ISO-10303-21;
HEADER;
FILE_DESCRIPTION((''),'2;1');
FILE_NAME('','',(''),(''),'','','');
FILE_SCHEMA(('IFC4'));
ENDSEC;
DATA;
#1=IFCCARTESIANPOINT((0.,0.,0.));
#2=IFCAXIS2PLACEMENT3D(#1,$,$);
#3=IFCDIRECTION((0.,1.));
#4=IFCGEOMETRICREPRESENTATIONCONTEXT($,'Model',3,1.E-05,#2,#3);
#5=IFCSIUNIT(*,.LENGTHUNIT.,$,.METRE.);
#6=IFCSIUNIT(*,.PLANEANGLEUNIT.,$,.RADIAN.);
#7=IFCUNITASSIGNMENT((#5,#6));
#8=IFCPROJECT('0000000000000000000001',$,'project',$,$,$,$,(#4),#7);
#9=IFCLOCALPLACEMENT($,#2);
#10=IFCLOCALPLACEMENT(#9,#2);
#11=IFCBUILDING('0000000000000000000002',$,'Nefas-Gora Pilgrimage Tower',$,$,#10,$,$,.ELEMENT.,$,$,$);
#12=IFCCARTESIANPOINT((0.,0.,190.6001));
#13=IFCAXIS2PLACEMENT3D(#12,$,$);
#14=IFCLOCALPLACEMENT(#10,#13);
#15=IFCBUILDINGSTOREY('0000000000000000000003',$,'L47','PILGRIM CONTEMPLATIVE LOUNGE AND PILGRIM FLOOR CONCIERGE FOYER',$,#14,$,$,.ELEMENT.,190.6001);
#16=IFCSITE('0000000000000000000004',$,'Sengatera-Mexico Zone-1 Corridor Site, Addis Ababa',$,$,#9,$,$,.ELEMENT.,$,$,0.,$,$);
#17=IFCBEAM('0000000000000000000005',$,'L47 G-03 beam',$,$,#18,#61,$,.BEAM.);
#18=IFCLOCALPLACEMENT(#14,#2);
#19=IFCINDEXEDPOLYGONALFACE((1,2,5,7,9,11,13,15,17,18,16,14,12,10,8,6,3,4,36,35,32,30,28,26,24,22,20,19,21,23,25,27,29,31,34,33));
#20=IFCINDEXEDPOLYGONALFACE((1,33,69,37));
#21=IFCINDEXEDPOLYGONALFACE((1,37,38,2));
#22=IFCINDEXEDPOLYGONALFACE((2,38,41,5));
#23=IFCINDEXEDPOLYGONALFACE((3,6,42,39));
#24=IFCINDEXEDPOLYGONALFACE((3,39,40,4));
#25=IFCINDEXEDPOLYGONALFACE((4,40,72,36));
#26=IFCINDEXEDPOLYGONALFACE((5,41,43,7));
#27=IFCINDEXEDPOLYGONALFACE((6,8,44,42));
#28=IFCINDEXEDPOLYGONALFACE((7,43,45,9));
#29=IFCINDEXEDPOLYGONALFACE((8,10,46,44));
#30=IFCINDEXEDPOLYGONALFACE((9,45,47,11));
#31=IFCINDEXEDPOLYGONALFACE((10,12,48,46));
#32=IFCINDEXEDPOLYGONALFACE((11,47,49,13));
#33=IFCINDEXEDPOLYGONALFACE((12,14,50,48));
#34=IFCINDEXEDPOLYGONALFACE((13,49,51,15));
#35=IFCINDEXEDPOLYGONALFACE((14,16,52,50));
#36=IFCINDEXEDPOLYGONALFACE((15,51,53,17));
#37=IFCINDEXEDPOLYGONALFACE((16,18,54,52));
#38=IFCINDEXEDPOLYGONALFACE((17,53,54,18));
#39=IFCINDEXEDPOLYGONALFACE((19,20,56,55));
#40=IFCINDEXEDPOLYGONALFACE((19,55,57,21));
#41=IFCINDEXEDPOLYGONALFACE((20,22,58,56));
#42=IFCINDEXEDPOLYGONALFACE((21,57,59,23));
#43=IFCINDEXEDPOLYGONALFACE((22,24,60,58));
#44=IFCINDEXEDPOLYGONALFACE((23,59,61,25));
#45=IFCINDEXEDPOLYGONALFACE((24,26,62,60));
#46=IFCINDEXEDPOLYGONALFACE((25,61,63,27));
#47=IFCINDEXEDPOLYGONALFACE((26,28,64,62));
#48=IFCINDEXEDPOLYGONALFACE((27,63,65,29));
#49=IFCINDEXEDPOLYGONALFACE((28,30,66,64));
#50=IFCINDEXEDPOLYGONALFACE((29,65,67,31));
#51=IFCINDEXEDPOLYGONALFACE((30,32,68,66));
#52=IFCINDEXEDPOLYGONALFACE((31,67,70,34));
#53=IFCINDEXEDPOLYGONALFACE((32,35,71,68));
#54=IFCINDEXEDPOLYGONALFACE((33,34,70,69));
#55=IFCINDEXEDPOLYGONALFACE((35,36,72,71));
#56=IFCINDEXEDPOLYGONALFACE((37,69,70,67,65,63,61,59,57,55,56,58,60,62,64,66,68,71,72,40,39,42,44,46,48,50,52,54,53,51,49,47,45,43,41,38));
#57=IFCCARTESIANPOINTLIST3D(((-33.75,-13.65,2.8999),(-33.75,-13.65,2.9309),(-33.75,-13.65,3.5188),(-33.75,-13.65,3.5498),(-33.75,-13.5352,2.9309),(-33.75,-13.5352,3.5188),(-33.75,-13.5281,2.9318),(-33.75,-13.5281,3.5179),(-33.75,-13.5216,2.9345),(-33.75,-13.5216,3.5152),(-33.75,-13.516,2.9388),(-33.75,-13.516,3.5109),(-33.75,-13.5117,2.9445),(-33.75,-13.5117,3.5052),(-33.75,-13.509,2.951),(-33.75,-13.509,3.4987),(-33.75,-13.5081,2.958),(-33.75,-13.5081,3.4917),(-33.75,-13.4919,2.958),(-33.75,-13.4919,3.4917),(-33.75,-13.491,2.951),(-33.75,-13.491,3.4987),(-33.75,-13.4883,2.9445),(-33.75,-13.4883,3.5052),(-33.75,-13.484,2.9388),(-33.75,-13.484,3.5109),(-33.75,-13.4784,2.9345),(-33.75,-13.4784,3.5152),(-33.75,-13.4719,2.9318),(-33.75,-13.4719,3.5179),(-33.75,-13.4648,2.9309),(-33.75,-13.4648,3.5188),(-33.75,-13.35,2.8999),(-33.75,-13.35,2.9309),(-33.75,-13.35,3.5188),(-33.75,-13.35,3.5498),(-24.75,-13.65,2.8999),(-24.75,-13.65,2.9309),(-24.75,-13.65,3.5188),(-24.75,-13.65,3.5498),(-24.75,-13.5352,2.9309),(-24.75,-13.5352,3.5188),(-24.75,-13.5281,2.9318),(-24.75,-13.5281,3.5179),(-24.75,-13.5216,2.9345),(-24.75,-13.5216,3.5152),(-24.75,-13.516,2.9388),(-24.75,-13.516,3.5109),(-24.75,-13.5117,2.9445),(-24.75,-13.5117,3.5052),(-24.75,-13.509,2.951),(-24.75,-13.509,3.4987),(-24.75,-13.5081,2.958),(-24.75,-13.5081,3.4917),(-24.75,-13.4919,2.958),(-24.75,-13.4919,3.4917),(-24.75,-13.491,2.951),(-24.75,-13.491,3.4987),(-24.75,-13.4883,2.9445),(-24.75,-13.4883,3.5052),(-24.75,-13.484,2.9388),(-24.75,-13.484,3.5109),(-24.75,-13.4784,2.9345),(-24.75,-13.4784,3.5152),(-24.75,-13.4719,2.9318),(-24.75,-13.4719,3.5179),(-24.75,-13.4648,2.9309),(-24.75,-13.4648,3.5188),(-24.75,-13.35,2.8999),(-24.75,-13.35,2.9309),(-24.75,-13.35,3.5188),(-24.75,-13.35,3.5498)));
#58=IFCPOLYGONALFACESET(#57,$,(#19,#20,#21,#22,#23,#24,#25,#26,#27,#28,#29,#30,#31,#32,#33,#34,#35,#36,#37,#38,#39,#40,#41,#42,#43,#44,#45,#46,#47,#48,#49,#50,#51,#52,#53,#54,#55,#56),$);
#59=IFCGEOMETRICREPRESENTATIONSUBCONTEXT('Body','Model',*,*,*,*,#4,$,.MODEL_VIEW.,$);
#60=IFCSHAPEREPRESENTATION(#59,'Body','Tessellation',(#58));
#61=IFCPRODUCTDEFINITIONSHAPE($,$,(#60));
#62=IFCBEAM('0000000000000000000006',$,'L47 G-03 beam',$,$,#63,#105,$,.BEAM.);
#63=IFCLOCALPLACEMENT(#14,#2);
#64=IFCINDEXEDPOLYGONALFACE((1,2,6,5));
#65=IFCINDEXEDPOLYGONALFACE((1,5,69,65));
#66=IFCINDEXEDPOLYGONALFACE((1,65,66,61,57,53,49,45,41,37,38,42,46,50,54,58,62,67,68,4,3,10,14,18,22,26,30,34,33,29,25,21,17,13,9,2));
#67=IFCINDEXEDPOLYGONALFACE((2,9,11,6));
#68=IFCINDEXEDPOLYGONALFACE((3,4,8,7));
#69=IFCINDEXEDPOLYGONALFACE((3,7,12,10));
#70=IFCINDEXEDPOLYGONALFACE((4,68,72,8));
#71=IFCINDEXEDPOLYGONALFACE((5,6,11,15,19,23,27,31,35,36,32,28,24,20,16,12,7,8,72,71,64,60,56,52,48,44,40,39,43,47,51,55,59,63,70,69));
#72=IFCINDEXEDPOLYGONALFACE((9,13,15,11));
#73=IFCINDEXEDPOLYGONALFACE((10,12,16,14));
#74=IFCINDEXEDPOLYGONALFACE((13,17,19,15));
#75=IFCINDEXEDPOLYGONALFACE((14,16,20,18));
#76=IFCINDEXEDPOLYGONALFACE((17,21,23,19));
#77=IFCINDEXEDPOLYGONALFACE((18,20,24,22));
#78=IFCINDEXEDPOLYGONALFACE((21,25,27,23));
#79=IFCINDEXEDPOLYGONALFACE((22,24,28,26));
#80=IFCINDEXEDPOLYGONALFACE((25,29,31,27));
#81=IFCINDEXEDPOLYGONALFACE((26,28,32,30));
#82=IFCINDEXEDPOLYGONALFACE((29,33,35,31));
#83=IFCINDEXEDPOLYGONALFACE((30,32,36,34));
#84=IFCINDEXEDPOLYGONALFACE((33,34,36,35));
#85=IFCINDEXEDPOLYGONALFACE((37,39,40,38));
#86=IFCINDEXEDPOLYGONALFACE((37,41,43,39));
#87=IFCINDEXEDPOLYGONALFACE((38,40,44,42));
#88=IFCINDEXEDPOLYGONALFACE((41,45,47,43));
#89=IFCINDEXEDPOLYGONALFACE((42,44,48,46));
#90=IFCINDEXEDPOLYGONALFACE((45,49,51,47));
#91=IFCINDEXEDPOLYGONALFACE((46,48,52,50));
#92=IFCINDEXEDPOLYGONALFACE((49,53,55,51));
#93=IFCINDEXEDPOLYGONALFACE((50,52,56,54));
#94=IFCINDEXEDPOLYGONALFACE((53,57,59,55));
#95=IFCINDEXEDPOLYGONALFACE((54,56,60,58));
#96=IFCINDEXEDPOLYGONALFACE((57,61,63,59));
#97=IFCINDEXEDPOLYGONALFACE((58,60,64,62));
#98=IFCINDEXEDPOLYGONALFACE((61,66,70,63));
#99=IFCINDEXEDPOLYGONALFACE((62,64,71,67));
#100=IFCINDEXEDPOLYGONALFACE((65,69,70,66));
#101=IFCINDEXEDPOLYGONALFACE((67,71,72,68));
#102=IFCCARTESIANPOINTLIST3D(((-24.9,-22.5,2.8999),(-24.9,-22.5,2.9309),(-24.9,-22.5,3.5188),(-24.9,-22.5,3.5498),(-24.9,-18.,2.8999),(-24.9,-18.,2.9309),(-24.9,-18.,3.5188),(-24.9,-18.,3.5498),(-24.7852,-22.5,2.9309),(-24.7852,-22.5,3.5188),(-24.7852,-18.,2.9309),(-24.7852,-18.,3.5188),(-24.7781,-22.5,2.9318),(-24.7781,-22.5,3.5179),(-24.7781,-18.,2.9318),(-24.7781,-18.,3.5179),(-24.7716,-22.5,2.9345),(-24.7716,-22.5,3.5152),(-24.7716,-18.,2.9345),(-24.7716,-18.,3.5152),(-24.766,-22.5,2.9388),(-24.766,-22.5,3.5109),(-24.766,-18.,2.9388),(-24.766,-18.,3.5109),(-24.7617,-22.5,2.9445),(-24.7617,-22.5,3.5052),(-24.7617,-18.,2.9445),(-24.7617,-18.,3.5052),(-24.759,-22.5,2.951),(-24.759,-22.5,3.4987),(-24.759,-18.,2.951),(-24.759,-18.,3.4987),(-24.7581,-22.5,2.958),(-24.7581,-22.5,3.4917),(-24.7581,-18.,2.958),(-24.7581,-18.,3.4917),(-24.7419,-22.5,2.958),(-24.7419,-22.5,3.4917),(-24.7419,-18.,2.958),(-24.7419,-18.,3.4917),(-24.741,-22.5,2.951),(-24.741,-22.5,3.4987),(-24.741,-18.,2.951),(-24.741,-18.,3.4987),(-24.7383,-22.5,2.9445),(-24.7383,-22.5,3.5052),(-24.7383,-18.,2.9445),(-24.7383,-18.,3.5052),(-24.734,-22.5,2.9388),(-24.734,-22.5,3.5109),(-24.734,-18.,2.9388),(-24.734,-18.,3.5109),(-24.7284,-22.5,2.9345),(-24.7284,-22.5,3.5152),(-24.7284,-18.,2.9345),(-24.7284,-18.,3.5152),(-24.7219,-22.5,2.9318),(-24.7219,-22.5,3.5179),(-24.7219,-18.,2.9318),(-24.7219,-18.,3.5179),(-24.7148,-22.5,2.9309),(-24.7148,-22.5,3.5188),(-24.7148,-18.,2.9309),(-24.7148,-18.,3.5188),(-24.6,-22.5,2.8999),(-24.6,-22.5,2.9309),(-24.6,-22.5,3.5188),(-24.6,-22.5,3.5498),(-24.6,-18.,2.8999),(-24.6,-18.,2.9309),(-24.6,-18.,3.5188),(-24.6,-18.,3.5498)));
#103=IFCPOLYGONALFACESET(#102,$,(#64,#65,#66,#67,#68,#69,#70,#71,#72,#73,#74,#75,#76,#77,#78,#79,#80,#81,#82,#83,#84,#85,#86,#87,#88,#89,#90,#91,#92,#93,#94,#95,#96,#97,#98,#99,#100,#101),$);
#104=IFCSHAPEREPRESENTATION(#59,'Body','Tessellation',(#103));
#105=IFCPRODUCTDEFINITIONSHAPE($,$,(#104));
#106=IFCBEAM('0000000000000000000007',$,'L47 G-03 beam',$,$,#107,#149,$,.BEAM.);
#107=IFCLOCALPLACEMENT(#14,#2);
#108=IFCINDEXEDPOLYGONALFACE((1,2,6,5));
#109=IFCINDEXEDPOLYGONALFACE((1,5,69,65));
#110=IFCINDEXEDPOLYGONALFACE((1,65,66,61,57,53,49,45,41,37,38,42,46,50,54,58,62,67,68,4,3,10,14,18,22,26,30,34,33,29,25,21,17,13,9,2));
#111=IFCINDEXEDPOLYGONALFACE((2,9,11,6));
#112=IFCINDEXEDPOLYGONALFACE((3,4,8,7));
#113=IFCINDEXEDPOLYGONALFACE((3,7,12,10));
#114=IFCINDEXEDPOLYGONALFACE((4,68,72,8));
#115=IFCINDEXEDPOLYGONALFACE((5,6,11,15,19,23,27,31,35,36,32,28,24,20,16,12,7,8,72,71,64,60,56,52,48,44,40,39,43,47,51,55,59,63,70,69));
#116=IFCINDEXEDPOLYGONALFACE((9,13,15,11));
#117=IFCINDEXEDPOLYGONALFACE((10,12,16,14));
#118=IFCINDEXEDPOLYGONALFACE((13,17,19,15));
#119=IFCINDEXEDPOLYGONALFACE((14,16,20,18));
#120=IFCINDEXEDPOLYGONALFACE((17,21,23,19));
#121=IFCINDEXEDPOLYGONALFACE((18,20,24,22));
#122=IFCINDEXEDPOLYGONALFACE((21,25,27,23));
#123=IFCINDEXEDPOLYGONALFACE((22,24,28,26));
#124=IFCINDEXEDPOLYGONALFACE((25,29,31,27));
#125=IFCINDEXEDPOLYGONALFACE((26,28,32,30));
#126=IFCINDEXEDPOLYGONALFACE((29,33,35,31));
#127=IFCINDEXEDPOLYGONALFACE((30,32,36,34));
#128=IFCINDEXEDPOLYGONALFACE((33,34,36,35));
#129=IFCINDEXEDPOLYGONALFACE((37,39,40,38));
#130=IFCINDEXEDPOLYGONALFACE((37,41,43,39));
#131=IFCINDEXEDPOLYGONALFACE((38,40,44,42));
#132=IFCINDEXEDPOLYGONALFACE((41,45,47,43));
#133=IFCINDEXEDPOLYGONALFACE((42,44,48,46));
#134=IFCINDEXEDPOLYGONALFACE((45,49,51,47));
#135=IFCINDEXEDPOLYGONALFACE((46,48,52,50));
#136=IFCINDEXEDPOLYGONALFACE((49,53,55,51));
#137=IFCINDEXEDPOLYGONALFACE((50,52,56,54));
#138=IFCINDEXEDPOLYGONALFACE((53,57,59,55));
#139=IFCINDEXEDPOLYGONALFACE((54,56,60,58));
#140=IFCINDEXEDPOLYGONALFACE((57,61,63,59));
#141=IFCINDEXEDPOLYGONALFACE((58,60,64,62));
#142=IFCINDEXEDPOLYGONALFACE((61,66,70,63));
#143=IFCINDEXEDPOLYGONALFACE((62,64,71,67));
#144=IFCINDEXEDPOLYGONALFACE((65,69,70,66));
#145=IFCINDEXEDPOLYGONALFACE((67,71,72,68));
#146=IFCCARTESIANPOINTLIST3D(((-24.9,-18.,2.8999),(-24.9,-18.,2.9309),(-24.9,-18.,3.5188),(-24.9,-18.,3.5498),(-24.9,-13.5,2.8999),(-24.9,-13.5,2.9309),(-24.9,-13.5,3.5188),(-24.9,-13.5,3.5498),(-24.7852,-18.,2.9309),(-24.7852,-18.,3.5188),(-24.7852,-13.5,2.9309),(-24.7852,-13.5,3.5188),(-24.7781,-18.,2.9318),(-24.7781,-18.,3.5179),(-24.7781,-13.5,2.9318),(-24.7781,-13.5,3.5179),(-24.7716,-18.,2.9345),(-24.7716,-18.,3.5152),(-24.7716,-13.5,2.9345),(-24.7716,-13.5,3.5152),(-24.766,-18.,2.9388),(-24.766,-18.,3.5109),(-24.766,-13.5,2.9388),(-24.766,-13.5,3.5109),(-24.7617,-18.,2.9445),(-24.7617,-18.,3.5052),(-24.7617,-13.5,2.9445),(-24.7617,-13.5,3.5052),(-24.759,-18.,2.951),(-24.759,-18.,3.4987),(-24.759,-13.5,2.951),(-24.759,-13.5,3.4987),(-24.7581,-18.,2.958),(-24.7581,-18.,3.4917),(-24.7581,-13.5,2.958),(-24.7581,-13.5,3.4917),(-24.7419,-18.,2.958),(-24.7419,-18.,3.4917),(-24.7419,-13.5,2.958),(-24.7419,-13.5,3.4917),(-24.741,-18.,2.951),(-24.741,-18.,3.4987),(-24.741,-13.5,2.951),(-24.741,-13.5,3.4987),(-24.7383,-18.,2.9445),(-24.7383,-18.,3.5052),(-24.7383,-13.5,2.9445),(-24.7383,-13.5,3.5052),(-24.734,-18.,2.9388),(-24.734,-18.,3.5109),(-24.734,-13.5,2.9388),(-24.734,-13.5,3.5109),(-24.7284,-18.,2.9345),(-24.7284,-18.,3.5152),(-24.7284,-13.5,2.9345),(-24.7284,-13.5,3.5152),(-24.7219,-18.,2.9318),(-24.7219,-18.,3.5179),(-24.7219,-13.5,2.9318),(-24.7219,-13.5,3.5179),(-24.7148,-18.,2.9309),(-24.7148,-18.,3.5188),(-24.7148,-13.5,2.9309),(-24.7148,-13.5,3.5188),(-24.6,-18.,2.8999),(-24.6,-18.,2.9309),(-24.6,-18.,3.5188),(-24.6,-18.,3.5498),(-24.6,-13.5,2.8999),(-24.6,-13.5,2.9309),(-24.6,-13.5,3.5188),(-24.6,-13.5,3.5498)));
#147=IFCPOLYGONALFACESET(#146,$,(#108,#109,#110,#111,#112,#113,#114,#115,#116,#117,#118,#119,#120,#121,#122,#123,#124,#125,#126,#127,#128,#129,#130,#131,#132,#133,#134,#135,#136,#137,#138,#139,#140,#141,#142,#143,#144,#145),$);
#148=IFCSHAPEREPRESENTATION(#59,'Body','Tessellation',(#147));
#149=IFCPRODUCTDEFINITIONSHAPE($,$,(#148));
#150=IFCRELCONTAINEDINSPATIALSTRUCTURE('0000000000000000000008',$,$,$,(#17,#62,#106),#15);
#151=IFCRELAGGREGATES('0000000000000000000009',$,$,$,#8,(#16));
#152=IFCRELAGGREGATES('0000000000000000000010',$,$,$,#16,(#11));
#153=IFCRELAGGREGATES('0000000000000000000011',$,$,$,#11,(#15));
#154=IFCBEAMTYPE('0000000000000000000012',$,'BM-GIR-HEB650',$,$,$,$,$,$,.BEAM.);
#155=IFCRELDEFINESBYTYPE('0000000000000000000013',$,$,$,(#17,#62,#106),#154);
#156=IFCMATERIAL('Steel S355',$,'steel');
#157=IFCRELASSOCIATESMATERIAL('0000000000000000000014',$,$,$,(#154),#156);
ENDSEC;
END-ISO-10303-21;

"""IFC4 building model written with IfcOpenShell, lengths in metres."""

from ifc_helpers import new_model, si_unit, direction, frame, origin, origin_2d, place, context, subcontext, project, spatial, i_section, extrude, source, transform, mapped, material, material_profile, profile_set, type_object, element, save


model = new_model("IFC4")

# Units and contexts
model_context = context("Model", 3, precision=1e-05, world=origin(), true_north=direction((0.0, 1.0)))
body_context = subcontext(model_context, "Body", "Model", "MODEL_VIEW")
ifc_project = project(units=[si_unit("LENGTHUNIT", "METRE"), si_unit("PLANEANGLEUNIT", "RADIAN")], contexts=[model_context])

# Site, building, storey
site_placement = place(None, origin())
site = spatial("IfcSite", under=ifc_project, at=site_placement, Name="Sengatera-Mexico Zone-1 Corridor Site, Addis Ababa", CompositionType="ELEMENT", RefElevation=0.0)
building_placement = place(site_placement, origin())
building = spatial("IfcBuilding", under=site, at=building_placement, Name="Nefas-Gora Pilgrimage Tower", CompositionType="ELEMENT")
storey_placement = place(building_placement, frame((0.0, 0.0, 190.6001)))
storey = spatial("IfcBuildingStorey", under=building, at=storey_placement, Name="L47", Description="PILGRIM CONTEMPLATIVE LOUNGE AND PILGRIM FLOOR CONCIERGE FOYER", CompositionType="ELEMENT", Elevation=190.6001)

# Beams
ifc_material_1 = material(Name="Steel S355", Category="steel")
ifc_material_profile_1 = material_profile(ifc_material_1, i_section(OverallWidth=0.3, OverallDepth=0.6499, WebThickness=0.0161, FlangeThickness=0.031, FilletRadius=0.0271, at=origin_2d()), Name="HEB 650")
ifc_profile_set_1 = profile_set([ifc_material_profile_1], Name="Steel S355")
beam_type_1 = type_object("IfcBeamType", Name="BM-GIR-HEB650", PredefinedType="BEAM", material=ifc_profile_set_1)
shared_shape_1 = source(origin(), body_context, "Body", "SweptSolid", [
    extrude(i_section(OverallWidth=0.3, OverallDepth=0.6499, WebThickness=0.0161, FlangeThickness=0.031, FilletRadius=0.0271, at=origin_2d()), origin(), (0.0, 0.0, 1.0), 9.0),
])
beam_placement = place(storey_placement, frame((-33.75, -13.5, 3.2249), z_axis=(1.0, 0.0, 0.0), x_axis=(0.0, 1.0, 0.0)))
element("IfcBeam", 1, at=beam_placement, inside=storey, type_object=beam_type_1, Name="L47 G-03 beam", PredefinedType="BEAM", context=body_context, shape_type="MappedRepresentation", body=[
    mapped(shared_shape_1, transform((0.0, 0.0, 0.0), x_axis=(1.0, 0.0, 0.0), y_axis=(0.0, 1.0, 0.0), z_axis=(0.0, 0.0, 1.0), scale=1.0)),
])
shared_shape_2 = source(origin(), body_context, "Body", "SweptSolid", [
    extrude(i_section(OverallWidth=0.3, OverallDepth=0.6499, WebThickness=0.0161, FlangeThickness=0.031, FilletRadius=0.0271, at=origin_2d()), origin(), (0.0, 0.0, 1.0), 4.5),
])
for number, where, z_axis, x_axis, name in (
    (2, (-24.75, -22.5, 3.2249), (0.0, 1.0, 0.0), (-1.0, 0.0, 0.0), "L47 G-03 beam"),
    (3, (-24.75, -18.0, 3.2249), (0.0, 1.0, 0.0), (-1.0, 0.0, 0.0), "L47 G-03 beam"),
):
    element("IfcBeam", number, at=place(storey_placement, frame(where, z_axis=z_axis, x_axis=x_axis)), inside=storey, type_object=beam_type_1, Name=name, PredefinedType="BEAM", context=body_context, shape_type="MappedRepresentation", body=[
        mapped(shared_shape_2, transform((0.0, 0.0, 0.0), x_axis=(1.0, 0.0, 0.0), y_axis=(0.0, 1.0, 0.0), z_axis=(0.0, 0.0, 1.0), scale=1.0)),
    ])

save(model, "model.ifc")
